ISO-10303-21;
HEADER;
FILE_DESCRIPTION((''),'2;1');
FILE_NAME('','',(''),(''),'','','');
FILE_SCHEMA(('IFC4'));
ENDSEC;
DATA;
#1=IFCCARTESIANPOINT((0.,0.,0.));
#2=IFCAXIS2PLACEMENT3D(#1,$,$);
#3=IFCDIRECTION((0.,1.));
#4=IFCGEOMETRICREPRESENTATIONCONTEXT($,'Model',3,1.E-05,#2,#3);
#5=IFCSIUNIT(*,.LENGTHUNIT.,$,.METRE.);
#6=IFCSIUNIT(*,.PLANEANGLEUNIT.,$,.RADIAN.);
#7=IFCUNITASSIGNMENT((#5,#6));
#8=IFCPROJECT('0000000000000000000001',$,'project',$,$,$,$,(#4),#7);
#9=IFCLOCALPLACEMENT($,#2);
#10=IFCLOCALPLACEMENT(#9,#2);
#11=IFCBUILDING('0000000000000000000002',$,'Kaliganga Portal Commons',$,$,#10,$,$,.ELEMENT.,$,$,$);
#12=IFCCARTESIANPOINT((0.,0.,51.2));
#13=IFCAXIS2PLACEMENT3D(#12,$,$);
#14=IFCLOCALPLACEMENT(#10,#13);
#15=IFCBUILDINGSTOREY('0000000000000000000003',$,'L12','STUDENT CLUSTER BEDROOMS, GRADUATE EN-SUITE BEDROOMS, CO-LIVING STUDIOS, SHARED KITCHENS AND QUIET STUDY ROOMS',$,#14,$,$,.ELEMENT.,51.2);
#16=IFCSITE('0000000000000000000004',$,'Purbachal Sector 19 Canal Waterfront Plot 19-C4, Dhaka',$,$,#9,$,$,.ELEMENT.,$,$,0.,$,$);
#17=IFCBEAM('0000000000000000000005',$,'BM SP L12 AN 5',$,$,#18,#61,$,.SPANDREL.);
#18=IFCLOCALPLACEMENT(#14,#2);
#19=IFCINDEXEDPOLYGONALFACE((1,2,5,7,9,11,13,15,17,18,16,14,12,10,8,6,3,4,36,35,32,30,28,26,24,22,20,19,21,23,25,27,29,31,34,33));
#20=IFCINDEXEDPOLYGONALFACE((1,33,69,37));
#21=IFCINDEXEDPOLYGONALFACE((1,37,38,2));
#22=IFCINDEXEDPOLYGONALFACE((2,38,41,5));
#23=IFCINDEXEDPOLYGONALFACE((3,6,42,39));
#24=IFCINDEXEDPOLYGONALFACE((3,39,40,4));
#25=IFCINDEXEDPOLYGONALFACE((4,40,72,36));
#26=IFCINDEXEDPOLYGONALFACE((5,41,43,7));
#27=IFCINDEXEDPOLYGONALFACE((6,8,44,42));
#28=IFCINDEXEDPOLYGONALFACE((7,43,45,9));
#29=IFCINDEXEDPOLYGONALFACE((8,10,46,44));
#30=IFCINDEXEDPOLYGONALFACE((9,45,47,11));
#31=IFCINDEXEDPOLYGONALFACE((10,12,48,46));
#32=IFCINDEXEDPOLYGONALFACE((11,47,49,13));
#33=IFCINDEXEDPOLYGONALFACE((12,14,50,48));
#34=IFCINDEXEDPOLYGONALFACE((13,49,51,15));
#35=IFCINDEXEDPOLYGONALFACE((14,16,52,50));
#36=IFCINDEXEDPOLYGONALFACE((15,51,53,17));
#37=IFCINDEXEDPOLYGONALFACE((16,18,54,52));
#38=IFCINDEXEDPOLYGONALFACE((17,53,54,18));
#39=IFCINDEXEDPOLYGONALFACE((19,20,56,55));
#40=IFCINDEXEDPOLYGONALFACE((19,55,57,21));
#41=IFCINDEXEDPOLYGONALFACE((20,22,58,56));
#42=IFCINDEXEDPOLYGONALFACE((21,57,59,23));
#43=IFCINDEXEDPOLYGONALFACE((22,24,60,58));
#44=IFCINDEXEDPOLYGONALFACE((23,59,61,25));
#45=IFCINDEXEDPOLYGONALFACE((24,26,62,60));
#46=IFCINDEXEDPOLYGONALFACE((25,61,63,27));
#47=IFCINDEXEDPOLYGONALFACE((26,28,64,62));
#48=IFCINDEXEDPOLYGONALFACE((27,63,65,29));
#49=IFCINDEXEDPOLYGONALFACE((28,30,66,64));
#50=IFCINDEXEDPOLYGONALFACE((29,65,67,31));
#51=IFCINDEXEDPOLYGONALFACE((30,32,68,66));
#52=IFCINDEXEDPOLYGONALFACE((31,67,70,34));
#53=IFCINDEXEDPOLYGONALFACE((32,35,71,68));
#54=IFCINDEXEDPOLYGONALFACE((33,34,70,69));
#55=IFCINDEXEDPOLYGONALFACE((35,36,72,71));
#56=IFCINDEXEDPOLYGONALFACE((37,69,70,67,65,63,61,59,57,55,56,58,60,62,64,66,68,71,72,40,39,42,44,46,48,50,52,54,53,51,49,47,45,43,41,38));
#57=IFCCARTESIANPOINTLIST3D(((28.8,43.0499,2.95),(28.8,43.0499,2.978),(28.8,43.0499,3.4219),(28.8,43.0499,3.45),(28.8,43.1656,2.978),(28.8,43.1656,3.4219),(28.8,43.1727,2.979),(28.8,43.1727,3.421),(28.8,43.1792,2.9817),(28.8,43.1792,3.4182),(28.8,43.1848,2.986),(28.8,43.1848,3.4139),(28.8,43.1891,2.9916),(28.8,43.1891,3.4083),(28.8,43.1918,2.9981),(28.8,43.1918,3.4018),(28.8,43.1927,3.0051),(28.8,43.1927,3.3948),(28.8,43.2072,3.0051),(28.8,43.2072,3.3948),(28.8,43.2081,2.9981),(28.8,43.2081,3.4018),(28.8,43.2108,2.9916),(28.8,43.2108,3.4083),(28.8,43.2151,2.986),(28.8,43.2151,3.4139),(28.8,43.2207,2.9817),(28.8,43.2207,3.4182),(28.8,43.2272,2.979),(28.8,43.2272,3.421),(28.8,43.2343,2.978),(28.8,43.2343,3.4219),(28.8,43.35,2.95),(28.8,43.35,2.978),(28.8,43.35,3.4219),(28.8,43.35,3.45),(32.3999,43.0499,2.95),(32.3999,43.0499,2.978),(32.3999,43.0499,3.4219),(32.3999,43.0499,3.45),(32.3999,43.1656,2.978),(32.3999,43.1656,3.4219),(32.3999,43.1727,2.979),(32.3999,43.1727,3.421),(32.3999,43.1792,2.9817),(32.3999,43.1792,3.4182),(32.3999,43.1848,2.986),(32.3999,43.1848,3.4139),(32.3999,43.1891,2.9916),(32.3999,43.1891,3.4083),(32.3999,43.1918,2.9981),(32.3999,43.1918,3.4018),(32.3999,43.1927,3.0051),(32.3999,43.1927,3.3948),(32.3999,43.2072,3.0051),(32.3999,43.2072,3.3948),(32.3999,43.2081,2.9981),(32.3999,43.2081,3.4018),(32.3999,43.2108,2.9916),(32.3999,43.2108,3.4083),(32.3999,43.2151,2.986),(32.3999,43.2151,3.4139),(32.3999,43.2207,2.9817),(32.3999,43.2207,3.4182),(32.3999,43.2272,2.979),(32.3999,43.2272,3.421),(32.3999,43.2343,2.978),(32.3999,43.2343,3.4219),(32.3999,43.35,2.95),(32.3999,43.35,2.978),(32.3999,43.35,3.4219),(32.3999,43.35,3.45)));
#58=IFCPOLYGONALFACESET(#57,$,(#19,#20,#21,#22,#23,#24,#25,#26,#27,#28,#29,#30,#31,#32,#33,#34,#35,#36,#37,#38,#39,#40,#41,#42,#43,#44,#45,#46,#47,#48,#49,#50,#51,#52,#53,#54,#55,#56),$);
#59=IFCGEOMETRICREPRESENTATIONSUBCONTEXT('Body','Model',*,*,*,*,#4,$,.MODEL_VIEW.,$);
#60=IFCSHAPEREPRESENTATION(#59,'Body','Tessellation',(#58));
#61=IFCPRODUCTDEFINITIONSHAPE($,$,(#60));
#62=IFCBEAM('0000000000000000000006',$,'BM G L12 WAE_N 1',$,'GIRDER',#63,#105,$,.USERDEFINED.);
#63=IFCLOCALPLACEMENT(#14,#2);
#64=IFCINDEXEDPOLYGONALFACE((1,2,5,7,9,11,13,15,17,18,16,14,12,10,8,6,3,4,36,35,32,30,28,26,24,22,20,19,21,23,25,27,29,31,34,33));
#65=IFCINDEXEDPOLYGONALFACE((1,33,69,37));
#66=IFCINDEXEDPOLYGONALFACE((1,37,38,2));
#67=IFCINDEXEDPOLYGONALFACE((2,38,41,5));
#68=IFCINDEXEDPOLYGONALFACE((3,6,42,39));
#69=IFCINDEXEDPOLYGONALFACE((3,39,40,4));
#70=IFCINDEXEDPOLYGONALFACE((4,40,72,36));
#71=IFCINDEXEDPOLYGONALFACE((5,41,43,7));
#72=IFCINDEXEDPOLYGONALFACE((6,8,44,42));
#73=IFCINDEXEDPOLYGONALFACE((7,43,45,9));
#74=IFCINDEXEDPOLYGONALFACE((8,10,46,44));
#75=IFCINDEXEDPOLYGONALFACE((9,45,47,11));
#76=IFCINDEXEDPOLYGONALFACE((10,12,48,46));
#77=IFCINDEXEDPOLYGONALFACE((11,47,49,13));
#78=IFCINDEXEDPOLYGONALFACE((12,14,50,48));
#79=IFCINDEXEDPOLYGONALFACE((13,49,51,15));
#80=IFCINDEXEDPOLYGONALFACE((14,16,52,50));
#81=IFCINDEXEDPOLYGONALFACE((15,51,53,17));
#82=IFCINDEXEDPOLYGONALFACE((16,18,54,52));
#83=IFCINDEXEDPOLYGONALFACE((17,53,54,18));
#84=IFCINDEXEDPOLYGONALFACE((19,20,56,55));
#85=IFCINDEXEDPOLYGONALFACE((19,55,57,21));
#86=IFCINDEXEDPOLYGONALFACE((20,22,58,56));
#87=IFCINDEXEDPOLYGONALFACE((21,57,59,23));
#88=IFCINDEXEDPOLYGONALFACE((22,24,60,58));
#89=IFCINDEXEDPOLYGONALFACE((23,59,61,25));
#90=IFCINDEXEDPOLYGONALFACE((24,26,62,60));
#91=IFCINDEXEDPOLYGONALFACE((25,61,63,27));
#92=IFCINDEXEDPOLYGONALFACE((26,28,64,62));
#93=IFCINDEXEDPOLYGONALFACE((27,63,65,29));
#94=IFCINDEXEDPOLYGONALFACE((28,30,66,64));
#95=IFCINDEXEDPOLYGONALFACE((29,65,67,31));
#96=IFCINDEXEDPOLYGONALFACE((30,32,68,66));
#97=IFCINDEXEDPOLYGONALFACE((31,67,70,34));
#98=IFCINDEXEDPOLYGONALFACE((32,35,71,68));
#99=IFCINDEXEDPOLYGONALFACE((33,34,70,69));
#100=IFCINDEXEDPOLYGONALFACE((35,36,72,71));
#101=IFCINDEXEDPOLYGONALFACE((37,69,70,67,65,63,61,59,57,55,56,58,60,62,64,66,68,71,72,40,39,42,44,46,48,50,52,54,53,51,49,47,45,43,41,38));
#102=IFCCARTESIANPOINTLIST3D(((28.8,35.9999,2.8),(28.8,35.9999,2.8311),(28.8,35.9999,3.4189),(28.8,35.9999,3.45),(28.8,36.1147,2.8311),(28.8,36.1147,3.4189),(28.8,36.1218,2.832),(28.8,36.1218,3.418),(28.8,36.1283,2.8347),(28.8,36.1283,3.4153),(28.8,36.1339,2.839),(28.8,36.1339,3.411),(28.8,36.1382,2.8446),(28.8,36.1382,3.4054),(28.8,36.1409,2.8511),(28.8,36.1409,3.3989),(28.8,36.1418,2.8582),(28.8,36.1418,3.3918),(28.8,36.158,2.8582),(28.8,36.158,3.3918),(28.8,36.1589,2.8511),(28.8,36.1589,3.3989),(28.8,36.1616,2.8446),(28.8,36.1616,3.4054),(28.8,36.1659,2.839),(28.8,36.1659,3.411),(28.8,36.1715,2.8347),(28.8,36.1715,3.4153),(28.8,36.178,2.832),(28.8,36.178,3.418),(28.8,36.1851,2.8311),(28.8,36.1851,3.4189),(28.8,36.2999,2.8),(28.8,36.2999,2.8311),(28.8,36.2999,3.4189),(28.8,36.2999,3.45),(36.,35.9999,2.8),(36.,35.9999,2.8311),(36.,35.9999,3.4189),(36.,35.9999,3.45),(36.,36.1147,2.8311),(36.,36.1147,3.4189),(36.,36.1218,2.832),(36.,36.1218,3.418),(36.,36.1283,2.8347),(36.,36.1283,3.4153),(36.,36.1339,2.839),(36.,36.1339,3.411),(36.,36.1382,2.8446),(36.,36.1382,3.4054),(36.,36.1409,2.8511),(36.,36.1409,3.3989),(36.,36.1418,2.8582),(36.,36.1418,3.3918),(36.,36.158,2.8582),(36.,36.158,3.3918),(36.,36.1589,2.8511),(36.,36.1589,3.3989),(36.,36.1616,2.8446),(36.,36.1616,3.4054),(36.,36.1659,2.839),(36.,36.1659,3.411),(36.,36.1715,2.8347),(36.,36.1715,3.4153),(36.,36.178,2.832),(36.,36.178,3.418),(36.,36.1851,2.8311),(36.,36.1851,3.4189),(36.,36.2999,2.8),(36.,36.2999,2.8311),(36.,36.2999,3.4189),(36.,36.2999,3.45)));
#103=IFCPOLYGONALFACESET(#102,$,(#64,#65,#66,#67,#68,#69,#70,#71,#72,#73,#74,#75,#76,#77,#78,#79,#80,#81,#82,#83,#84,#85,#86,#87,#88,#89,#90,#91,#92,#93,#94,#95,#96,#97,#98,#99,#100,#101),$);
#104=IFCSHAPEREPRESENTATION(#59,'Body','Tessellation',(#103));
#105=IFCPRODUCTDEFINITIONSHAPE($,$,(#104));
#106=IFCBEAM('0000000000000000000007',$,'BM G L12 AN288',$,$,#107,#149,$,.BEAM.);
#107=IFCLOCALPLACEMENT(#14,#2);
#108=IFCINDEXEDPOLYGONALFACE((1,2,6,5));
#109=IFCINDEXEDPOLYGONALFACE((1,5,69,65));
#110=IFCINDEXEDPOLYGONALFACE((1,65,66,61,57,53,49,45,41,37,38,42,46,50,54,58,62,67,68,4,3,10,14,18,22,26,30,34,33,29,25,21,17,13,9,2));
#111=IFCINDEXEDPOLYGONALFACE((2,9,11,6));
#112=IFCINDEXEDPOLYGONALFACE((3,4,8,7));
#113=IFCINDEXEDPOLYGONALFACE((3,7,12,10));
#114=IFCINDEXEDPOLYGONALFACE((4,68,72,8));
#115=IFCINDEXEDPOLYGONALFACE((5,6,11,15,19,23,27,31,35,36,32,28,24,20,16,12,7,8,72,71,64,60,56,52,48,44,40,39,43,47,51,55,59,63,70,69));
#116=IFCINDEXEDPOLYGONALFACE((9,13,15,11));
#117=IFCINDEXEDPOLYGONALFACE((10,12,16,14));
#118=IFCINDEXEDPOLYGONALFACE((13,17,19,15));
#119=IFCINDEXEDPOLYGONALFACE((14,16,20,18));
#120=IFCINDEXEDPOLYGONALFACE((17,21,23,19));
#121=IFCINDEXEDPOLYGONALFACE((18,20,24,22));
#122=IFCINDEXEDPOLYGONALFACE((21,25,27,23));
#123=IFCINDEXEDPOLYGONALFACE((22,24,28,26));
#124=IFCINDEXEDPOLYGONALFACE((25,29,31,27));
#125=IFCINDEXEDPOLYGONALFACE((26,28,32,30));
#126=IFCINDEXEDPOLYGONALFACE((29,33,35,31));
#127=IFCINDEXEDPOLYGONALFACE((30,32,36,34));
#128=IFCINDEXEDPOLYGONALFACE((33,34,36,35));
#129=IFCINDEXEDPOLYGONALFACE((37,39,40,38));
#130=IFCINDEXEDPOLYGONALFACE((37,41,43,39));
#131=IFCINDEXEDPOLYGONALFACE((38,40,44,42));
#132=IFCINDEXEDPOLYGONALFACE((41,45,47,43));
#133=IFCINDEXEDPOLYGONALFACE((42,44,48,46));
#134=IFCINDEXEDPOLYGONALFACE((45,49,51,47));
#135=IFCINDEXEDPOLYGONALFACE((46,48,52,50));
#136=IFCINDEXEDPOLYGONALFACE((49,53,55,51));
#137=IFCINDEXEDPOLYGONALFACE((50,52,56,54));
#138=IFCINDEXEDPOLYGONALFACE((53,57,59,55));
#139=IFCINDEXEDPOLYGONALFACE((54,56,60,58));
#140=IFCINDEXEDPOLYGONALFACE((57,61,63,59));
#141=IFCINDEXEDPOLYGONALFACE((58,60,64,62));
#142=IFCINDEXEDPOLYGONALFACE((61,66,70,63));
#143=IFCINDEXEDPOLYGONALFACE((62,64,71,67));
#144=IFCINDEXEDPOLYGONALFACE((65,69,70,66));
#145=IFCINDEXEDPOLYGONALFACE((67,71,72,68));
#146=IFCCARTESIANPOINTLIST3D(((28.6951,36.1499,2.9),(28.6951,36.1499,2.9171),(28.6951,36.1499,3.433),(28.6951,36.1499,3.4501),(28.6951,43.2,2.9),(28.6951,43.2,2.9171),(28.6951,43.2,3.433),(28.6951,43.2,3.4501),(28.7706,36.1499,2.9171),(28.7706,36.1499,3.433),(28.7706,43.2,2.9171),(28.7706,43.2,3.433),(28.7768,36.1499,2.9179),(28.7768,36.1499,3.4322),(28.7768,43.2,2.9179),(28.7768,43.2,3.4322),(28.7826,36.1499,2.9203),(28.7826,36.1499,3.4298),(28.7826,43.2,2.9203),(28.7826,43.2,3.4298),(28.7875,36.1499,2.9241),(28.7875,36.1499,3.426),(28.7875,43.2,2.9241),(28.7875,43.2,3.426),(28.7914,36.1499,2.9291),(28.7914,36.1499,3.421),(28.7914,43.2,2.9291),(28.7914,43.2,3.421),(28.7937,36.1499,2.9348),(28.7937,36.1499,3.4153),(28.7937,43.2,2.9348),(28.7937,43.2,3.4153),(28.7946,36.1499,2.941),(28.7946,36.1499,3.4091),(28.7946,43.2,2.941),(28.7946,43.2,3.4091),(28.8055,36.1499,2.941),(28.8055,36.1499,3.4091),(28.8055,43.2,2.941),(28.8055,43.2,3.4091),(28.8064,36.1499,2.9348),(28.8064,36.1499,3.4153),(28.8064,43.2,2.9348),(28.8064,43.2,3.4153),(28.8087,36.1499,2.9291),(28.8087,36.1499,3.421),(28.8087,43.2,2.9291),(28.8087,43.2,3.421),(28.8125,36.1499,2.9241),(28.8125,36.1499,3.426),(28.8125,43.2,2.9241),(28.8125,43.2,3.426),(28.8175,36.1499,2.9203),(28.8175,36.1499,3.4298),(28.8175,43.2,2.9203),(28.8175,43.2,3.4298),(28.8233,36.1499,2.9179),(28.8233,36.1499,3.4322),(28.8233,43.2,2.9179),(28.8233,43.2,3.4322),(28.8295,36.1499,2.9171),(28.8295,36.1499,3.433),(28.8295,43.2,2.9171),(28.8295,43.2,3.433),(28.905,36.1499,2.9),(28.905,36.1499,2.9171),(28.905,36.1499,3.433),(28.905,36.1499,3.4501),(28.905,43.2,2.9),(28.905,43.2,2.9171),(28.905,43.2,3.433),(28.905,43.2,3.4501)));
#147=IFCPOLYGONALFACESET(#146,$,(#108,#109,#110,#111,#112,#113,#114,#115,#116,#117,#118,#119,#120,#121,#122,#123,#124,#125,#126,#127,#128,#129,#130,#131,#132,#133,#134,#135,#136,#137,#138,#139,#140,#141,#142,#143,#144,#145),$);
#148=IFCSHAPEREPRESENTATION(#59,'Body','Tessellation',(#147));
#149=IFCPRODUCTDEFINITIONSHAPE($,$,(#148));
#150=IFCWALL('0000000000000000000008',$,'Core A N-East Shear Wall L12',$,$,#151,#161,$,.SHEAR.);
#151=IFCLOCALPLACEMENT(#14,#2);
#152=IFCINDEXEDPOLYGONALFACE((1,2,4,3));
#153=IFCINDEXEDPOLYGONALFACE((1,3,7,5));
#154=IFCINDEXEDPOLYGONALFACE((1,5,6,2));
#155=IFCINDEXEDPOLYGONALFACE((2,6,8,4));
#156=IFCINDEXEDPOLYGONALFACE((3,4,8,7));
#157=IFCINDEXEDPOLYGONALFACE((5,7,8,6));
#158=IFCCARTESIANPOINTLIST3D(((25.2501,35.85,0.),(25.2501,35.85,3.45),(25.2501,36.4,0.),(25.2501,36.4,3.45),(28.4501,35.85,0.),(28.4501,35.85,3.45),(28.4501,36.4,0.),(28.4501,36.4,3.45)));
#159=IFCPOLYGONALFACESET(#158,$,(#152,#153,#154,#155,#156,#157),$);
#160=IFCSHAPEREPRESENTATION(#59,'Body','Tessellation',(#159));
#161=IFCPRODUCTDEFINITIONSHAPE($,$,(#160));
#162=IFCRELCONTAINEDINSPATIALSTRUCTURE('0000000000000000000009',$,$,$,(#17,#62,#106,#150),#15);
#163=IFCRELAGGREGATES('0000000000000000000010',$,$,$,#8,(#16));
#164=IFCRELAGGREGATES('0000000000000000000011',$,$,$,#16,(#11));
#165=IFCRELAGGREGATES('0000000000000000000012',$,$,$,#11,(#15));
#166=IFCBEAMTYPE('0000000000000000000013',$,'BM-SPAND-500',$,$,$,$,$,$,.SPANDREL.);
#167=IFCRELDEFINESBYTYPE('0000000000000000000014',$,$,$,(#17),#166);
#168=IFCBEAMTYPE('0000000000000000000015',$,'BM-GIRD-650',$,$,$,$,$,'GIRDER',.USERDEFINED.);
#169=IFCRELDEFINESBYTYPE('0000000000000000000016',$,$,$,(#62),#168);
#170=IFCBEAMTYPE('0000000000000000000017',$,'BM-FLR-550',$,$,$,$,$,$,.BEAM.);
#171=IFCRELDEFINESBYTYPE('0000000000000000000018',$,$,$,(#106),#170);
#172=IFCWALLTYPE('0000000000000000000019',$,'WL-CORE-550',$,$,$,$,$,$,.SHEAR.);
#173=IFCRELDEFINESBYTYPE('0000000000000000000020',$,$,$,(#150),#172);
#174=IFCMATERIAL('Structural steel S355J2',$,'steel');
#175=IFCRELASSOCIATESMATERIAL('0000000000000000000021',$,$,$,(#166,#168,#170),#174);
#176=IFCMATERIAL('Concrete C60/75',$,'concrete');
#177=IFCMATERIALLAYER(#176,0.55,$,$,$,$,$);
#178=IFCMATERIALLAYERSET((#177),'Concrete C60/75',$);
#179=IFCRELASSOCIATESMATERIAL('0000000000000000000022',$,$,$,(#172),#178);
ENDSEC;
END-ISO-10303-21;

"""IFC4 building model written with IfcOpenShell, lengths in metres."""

from ifc_helpers import new_model, si_unit, direction, frame, frame_2d, origin, origin_2d, place, context, subcontext, project, spatial, rectangle, i_section, extrude, source, transform, mapped, material, layer, layer_set, material_profile, profile_set, type_object, element, save


model = new_model("IFC4")

# Units and contexts
model_context = context("Model", 3, precision=1e-05, world=origin(), true_north=direction((0.0, 1.0)))
body_context = subcontext(model_context, "Body", "Model", "MODEL_VIEW")
ifc_project = project(units=[si_unit("LENGTHUNIT", "METRE"), si_unit("PLANEANGLEUNIT", "RADIAN")], contexts=[model_context])

# Site, building, storey
site_placement = place(None, origin())
site = spatial("IfcSite", under=ifc_project, at=site_placement, Name="Purbachal Sector 19 Canal Waterfront Plot 19-C4, Dhaka", CompositionType="ELEMENT", RefElevation=0.0)
building_placement = place(site_placement, origin())
building = spatial("IfcBuilding", under=site, at=building_placement, Name="Kaliganga Portal Commons", CompositionType="ELEMENT")
storey_placement = place(building_placement, frame((0.0, 0.0, 51.2)))
storey = spatial("IfcBuildingStorey", under=building, at=storey_placement, Name="L12", Description="STUDENT CLUSTER BEDROOMS, GRADUATE EN-SUITE BEDROOMS, CO-LIVING STUDIOS, SHARED KITCHENS AND QUIET STUDY ROOMS", CompositionType="ELEMENT", Elevation=51.2)

# Beams
ifc_material_1 = material(Name="Structural steel S355J2", Category="steel")
ifc_material_profile_1 = material_profile(ifc_material_1, i_section(OverallWidth=0.3, OverallDepth=0.5, WebThickness=0.0144, FlangeThickness=0.0281, FilletRadius=0.0271, at=origin_2d()), Name="HE 500 B")
ifc_profile_set_1 = profile_set([ifc_material_profile_1], Name="Structural steel S355J2 wide-flange")
beam_type_1 = type_object("IfcBeamType", Name="BM-SPAND-500", PredefinedType="SPANDREL", material=ifc_profile_set_1)
shared_shape_1 = source(origin(), body_context, "Body", "SweptSolid", [
    extrude(i_section(OverallWidth=0.3, OverallDepth=0.5, WebThickness=0.0144, FlangeThickness=0.0281, FilletRadius=0.0271, at=origin_2d()), origin(), (0.0, 0.0, 1.0), 3.5999),
])
for number, where, z_axis, x_axis, name in (
    (1, (28.8, 43.2, 3.2), (1.0, 0.0, 0.0), (0.0, 1.0, 0.0), "BM SP L12 AN 5"),
):
    element("IfcBeam", number, at=place(storey_placement, frame(where, z_axis=z_axis, x_axis=x_axis)), inside=storey, type_object=beam_type_1, Name=name, PredefinedType="SPANDREL", context=body_context, shape_type="MappedRepresentation", body=[
        mapped(shared_shape_1, transform((0.0, 0.0, 0.0), x_axis=(1.0, 0.0, 0.0), y_axis=(0.0, 1.0, 0.0), z_axis=(0.0, 0.0, 1.0), scale=1.0)),
    ])
ifc_material_profile_2 = material_profile(ifc_material_1, i_section(OverallWidth=0.3, OverallDepth=0.6499, WebThickness=0.0161, FlangeThickness=0.031, FilletRadius=0.0271, at=origin_2d()), Name="HE 650 B")
ifc_profile_set_2 = profile_set([ifc_material_profile_2], Name="Structural steel S355J2 wide-flange")
beam_type_2 = type_object("IfcBeamType", Name="BM-GIRD-650", ElementType="GIRDER", PredefinedType="USERDEFINED", material=ifc_profile_set_2)
shared_shape_2 = source(origin(), body_context, "Body", "SweptSolid", [
    extrude(i_section(OverallWidth=0.3, OverallDepth=0.6499, WebThickness=0.0161, FlangeThickness=0.031, FilletRadius=0.0271, at=origin_2d()), origin(), (0.0, 0.0, 1.0), 7.2),
])
beam_1_placement = place(storey_placement, frame((28.8, 36.1499, 3.125), z_axis=(1.0, 0.0, 0.0), x_axis=(0.0, 1.0, 0.0)))
element("IfcBeam", 2, at=beam_1_placement, inside=storey, type_object=beam_type_2, Name="BM G L12 WAE_N 1", ObjectType="GIRDER", PredefinedType="USERDEFINED", context=body_context, shape_type="MappedRepresentation", body=[
    mapped(shared_shape_2, transform((0.0, 0.0, 0.0), x_axis=(1.0, 0.0, 0.0), y_axis=(0.0, 1.0, 0.0), z_axis=(0.0, 0.0, 1.0), scale=1.0)),
])
ifc_material_profile_3 = material_profile(ifc_material_1, i_section(OverallWidth=0.21, OverallDepth=0.55, WebThickness=0.011, FlangeThickness=0.0171, FilletRadius=0.0239, at=origin_2d()), Name="IPE 550")
ifc_profile_set_3 = profile_set([ifc_material_profile_3], Name="Structural steel S355J2 wide-flange")
beam_type_3 = type_object("IfcBeamType", Name="BM-FLR-550", PredefinedType="BEAM", material=ifc_profile_set_3)
shared_shape_3 = source(origin(), body_context, "Body", "SweptSolid", [
    extrude(i_section(OverallWidth=0.21, OverallDepth=0.55, WebThickness=0.011, FlangeThickness=0.0171, FilletRadius=0.0239, at=origin_2d()), origin(), (0.0, 0.0, 1.0), 7.05),
])
beam_2_placement = place(storey_placement, frame((28.8, 36.1499, 3.175), z_axis=(0.0, 1.0, 0.0), x_axis=(-1.0, 0.0, 0.0)))
element("IfcBeam", 3, at=beam_2_placement, inside=storey, type_object=beam_type_3, Name="BM G L12 AN288", PredefinedType="BEAM", context=body_context, shape_type="MappedRepresentation", body=[
    mapped(shared_shape_3, transform((0.0, 0.0, 0.0), x_axis=(1.0, 0.0, 0.0), y_axis=(0.0, 1.0, 0.0), z_axis=(0.0, 0.0, 1.0), scale=1.0)),
])

# Wall
ifc_material_2 = material(Name="Concrete C60/75", Category="concrete")
ifc_layer_1 = layer(ifc_material_2, 0.55)
ifc_layer_set_1 = layer_set([ifc_layer_1], Name="Concrete C60/75")
wall_type_1 = type_object("IfcWallType", Name="WL-CORE-550", PredefinedType="SHEAR", material=ifc_layer_set_1)
wall_1_placement = place(storey_placement, frame((25.25, 36.125, 0.0), z_axis=(0.0, 0.0, 1.0), x_axis=(1.0, 0.0, 0.0)))
element("IfcWall", 4, at=wall_1_placement, inside=storey, type_object=wall_type_1, Name="Core A N-East Shear Wall L12", PredefinedType="SHEAR", context=body_context, shape_type="SweptSolid", body=[
    extrude(rectangle(XDim=3.2, YDim=0.55, at=frame_2d((1.6001, 0.0))), origin(), (0.0, 0.0, 1.0), 3.45),
])

save(model, "model.ifc")
